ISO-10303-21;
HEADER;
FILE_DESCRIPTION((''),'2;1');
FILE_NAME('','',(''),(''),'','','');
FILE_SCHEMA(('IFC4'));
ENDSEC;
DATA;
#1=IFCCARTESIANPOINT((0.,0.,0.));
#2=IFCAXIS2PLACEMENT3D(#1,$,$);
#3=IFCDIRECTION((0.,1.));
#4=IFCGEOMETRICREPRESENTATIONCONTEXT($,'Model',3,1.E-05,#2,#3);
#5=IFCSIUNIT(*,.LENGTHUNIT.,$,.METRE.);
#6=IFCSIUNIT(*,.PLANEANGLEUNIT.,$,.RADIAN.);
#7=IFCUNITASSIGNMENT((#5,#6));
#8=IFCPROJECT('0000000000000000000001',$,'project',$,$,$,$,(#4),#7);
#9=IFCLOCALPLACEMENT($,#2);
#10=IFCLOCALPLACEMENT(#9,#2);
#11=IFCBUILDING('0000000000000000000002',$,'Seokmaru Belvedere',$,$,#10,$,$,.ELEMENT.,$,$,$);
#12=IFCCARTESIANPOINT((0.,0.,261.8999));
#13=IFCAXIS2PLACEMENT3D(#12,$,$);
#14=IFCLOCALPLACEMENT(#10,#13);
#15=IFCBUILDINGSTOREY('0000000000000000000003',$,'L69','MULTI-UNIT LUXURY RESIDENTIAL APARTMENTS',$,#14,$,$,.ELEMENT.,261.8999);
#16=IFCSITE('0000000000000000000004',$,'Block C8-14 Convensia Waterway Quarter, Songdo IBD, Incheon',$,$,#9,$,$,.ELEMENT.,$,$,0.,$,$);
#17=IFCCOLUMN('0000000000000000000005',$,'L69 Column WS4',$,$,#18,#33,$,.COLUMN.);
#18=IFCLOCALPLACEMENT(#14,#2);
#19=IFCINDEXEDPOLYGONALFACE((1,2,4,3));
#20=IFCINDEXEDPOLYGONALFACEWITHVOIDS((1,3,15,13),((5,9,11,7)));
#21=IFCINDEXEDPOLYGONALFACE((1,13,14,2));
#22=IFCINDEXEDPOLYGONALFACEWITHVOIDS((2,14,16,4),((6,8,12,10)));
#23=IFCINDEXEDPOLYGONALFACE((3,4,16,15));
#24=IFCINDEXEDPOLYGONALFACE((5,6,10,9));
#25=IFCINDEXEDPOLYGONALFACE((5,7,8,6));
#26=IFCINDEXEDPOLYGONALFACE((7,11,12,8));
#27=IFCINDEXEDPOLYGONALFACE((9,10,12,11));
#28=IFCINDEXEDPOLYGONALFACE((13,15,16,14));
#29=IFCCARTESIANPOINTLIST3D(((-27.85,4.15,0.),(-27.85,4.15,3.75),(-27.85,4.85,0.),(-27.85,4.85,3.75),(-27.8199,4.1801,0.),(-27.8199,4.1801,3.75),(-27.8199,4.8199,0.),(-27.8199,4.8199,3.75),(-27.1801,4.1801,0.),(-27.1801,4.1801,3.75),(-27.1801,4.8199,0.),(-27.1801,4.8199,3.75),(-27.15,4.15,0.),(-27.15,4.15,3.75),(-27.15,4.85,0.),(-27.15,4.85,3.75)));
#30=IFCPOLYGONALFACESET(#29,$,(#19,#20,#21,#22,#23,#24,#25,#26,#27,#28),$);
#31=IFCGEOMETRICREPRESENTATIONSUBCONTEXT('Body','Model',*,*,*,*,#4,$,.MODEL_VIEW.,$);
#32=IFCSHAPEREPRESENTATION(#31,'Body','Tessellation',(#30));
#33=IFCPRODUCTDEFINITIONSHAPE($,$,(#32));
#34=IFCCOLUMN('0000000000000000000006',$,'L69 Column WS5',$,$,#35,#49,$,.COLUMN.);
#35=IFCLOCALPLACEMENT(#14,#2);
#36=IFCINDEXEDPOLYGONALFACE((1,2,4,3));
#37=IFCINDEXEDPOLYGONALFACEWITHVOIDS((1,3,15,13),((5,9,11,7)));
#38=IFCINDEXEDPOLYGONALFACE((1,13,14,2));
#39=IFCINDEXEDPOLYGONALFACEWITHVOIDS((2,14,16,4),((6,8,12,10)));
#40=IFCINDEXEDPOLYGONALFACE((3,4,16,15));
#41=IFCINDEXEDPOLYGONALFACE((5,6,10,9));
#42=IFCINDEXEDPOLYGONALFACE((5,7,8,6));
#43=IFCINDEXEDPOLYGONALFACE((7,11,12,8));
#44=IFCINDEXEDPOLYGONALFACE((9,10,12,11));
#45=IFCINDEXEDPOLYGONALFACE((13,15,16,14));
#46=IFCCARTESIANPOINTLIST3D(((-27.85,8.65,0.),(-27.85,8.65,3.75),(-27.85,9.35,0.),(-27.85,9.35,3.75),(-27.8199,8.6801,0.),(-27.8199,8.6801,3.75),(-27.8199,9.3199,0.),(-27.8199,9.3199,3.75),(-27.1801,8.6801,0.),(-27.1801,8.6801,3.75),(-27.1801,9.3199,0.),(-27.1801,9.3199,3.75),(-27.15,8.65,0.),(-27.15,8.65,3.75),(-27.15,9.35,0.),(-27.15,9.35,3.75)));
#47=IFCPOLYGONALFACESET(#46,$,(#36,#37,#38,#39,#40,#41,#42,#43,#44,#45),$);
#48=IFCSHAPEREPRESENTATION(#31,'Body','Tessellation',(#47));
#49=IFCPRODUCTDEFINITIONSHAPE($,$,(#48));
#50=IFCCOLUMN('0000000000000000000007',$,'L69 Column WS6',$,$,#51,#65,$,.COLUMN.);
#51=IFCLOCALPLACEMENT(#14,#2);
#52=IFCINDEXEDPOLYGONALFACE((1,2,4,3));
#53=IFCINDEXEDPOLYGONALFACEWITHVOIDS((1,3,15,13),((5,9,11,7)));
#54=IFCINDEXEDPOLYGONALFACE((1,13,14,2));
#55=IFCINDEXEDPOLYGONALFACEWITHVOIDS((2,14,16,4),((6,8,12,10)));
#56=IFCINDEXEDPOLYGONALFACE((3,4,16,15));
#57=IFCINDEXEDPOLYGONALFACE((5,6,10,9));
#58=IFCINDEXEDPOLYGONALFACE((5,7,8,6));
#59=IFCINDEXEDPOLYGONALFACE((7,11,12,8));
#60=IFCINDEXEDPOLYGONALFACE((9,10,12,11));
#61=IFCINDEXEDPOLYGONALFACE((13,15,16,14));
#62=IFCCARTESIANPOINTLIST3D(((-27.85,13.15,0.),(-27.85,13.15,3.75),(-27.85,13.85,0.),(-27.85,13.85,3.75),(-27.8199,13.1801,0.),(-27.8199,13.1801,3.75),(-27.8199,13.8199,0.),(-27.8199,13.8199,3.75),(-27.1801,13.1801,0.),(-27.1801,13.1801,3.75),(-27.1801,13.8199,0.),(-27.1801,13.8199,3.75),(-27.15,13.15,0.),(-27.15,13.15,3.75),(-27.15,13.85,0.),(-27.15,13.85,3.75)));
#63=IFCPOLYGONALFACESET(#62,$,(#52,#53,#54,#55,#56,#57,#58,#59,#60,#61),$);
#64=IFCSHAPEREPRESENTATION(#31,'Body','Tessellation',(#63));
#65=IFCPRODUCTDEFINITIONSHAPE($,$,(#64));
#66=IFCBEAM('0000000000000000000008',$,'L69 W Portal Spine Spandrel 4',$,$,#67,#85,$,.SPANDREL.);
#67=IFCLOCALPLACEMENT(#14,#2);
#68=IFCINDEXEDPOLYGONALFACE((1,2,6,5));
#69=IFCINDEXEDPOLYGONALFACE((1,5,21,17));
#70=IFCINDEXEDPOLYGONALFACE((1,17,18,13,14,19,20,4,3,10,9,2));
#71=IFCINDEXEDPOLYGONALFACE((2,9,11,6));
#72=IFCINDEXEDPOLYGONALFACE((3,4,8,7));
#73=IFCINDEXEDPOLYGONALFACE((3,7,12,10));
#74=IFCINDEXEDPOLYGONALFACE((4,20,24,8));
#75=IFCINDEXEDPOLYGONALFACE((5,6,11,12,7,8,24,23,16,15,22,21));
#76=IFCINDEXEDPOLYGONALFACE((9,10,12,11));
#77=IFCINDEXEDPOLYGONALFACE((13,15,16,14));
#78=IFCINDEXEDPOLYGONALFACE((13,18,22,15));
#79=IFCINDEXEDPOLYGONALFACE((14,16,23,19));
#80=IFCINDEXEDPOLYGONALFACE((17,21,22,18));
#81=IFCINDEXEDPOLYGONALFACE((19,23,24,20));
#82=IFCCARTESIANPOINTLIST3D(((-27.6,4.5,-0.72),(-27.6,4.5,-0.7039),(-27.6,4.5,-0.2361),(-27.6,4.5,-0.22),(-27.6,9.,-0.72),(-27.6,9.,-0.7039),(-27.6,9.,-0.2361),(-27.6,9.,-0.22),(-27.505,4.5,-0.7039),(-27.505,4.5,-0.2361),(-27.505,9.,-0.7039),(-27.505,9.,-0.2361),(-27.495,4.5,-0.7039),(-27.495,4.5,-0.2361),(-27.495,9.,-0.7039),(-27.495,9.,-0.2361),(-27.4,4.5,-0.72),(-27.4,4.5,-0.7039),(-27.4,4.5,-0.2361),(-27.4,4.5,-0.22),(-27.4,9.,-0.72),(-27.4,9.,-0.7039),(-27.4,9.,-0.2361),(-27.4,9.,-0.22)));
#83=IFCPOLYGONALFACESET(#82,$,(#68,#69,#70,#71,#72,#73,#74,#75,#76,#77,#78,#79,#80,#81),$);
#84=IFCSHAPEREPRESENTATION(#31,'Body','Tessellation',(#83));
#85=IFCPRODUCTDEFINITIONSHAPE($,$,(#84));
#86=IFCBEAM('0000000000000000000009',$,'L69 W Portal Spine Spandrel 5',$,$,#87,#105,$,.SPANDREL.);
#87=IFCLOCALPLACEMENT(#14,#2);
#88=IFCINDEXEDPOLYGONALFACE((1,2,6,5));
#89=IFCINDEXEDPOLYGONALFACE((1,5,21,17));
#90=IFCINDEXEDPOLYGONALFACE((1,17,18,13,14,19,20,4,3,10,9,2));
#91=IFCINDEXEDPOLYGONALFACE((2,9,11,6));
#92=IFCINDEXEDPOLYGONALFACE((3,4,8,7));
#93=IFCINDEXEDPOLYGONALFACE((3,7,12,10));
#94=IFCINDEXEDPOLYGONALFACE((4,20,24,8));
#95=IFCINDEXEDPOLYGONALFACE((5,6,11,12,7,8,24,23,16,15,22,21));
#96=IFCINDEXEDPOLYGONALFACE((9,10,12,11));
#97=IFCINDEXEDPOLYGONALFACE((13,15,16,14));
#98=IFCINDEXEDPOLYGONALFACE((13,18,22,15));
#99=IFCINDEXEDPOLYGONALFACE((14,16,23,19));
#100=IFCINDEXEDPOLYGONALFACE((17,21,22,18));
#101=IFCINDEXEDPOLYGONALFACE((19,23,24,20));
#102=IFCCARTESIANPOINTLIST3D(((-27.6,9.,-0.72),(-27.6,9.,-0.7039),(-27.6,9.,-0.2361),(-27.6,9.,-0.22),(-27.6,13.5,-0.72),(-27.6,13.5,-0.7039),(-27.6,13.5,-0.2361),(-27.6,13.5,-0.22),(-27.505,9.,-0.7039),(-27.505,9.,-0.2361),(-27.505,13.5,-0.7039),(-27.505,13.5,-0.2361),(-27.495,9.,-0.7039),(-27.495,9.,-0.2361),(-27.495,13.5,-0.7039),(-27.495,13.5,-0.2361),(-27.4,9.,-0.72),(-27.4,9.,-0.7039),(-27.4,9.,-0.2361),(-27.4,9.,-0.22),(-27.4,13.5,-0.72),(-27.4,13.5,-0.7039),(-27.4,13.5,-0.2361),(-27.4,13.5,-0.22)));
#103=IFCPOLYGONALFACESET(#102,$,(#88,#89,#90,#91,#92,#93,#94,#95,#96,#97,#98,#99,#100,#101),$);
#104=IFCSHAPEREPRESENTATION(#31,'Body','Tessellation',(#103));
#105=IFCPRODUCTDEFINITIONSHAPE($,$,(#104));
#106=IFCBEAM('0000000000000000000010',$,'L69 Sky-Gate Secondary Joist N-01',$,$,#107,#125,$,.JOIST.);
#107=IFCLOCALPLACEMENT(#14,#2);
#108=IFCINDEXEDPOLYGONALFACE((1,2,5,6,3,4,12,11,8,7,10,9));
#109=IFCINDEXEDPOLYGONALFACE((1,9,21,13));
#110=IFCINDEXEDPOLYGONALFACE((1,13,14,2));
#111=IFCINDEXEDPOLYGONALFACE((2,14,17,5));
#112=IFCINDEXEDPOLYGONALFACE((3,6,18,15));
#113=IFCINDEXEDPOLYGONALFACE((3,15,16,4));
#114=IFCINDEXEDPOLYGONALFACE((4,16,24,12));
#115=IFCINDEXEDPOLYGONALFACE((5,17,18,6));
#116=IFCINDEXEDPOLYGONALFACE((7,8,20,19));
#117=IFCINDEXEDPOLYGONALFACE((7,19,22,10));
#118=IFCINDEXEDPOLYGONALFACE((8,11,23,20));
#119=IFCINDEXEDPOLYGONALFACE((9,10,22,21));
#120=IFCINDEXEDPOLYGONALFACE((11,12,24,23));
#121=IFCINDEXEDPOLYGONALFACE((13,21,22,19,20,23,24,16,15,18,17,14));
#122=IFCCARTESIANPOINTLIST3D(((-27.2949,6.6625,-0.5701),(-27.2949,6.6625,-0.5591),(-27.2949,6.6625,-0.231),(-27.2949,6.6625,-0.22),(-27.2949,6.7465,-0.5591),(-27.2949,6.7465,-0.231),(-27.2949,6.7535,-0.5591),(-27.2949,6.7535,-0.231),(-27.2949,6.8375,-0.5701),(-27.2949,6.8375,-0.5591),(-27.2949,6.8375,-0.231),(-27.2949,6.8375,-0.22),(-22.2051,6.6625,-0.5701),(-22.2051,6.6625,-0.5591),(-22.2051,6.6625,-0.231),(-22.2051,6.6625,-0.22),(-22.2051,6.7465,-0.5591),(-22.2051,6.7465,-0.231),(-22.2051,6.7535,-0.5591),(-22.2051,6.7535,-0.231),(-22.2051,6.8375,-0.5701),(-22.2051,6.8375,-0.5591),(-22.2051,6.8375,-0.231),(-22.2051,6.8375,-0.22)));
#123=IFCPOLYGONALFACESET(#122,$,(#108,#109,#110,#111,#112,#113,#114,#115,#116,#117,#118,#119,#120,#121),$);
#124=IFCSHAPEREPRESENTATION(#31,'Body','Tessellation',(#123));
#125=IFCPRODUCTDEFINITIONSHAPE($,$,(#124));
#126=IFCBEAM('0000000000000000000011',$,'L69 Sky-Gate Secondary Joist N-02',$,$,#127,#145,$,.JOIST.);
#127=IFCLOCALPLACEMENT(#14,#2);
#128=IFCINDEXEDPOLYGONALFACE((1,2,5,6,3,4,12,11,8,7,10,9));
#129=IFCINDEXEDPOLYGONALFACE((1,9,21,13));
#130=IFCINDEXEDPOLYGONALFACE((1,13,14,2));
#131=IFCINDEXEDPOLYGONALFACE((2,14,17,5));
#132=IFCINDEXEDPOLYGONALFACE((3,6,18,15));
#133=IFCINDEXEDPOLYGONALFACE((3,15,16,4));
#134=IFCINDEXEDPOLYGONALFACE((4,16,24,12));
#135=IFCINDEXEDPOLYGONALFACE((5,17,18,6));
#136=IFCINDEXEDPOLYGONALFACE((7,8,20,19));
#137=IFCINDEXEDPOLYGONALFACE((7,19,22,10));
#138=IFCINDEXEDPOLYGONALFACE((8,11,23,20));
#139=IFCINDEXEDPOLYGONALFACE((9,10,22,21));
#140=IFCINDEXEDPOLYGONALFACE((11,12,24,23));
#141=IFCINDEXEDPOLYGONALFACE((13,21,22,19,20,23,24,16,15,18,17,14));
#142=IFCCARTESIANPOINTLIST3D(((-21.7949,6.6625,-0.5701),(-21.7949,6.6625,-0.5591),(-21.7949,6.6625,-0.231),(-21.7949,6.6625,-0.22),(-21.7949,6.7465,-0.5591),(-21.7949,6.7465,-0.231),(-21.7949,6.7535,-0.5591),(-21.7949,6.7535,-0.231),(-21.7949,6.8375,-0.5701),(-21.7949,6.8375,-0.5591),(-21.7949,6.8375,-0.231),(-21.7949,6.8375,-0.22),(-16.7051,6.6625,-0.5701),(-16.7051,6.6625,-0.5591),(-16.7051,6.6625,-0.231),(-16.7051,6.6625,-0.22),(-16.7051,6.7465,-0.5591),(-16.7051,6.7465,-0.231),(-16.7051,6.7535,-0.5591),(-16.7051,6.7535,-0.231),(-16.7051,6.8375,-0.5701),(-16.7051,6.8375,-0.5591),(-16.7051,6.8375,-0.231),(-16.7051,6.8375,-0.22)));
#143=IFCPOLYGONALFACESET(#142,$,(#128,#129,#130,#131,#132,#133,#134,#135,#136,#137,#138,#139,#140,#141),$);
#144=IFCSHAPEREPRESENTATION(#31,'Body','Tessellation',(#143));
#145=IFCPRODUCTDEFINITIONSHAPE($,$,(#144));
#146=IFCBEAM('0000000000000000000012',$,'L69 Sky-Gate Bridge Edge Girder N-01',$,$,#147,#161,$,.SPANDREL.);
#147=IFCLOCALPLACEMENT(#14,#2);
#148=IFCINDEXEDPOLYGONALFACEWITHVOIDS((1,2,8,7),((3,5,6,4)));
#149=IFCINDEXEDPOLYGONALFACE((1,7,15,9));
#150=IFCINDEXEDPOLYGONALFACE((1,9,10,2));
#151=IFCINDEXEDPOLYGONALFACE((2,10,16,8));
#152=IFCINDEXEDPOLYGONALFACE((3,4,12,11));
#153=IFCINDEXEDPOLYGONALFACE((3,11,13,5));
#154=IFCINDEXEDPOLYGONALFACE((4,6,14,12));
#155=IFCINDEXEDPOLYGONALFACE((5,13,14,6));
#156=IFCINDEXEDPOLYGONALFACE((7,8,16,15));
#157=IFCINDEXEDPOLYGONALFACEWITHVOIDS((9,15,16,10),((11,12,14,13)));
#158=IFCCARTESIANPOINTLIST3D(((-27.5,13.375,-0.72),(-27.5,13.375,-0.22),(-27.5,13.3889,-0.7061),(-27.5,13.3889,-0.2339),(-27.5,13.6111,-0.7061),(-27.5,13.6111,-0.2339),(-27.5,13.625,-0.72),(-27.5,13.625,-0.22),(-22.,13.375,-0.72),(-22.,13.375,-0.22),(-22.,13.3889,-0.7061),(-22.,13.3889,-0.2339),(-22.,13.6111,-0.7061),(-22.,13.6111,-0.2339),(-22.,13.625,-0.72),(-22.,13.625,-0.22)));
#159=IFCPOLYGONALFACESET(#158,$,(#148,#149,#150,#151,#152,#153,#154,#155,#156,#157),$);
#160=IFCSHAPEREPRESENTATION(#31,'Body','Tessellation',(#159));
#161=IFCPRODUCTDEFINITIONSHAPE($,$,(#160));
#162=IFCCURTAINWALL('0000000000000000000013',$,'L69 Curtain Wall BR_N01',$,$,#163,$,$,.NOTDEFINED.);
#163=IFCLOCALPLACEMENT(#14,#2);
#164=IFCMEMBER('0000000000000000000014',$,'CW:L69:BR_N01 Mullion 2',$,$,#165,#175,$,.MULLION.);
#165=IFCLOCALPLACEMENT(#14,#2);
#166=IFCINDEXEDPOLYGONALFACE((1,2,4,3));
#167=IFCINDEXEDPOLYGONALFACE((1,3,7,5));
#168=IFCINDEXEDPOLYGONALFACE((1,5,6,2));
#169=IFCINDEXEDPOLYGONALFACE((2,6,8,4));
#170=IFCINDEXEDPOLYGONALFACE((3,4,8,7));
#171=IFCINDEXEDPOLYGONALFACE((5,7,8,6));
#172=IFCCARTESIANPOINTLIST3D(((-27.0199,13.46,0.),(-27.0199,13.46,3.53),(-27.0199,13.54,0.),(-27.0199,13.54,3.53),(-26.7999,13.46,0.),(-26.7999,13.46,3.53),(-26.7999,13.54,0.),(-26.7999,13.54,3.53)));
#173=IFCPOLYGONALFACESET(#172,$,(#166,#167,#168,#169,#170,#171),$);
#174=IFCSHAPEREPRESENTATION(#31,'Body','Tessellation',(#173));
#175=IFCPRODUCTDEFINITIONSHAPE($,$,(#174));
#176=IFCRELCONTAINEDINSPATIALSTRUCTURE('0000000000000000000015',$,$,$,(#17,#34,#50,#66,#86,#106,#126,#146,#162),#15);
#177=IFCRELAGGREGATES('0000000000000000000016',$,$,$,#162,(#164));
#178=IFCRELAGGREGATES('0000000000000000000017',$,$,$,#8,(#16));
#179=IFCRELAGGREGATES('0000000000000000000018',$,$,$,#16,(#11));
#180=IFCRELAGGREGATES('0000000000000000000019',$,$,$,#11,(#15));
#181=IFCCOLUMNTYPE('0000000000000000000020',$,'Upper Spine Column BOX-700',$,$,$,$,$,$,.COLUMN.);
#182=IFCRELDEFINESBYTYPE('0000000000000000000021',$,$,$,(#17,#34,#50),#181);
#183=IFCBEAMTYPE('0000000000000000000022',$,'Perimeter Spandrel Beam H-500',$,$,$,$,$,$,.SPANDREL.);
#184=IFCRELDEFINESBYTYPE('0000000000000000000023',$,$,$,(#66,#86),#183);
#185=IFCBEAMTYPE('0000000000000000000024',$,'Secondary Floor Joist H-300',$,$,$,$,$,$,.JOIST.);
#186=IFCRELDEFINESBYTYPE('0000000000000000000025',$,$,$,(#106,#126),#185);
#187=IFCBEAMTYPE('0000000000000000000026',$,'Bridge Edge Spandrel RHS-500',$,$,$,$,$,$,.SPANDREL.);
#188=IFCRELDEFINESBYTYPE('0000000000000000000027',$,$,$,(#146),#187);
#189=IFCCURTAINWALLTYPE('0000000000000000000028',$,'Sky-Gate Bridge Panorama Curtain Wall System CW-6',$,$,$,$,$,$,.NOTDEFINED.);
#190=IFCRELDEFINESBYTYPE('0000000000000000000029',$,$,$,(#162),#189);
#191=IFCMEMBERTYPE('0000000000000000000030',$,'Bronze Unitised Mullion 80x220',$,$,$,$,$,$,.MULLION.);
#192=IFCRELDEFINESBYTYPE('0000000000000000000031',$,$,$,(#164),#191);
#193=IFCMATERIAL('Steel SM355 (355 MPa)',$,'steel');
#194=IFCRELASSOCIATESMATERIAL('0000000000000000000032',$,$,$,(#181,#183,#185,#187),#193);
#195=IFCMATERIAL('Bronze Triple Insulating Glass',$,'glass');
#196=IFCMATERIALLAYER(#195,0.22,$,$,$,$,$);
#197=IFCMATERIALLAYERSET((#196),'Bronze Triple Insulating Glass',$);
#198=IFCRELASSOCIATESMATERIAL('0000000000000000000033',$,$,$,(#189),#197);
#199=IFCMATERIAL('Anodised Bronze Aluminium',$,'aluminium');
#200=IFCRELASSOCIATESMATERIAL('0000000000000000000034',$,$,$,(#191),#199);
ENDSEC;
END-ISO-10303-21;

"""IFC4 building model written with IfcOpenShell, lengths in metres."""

from ifc_helpers import new_model, si_unit, direction, frame, origin, origin_2d, place, context, subcontext, project, spatial, rectangle, hollow_rectangle, i_section, extrude, source, transform, mapped, material, layer, layer_set, material_profile, profile_set, type_object, type_shapes, element, aggregate, save


model = new_model("IFC4")

# Units and contexts
model_context = context("Model", 3, precision=1e-05, world=origin(), true_north=direction((0.0, 1.0)))
body_context = subcontext(model_context, "Body", "Model", "MODEL_VIEW")
ifc_project = project(units=[si_unit("LENGTHUNIT", "METRE"), si_unit("PLANEANGLEUNIT", "RADIAN")], contexts=[model_context])

# Site, building, storey
site_placement = place(None, origin())
site = spatial("IfcSite", under=ifc_project, at=site_placement, Name="Block C8-14 Convensia Waterway Quarter, Songdo IBD, Incheon", CompositionType="ELEMENT", RefElevation=0.0)
building_placement = place(site_placement, origin())
building = spatial("IfcBuilding", under=site, at=building_placement, Name="Seokmaru Belvedere", CompositionType="ELEMENT")
storey_placement = place(building_placement, frame((0.0, 0.0, 261.8999)))
storey = spatial("IfcBuildingStorey", under=building, at=storey_placement, Name="L69", Description="MULTI-UNIT LUXURY RESIDENTIAL APARTMENTS", CompositionType="ELEMENT", Elevation=261.8999)

# Columns
ifc_material_1 = material(Name="Steel SM355 (355 MPa)", Category="steel")
ifc_material_profile_1 = material_profile(ifc_material_1, hollow_rectangle(XDim=0.7, YDim=0.7, WallThickness=0.03, at=origin_2d()), Name="BOX-700x700x30")
ifc_profile_set_1 = profile_set([ifc_material_profile_1], Name="Steel SM355 (355 MPa)")
column_type = type_object("IfcColumnType", Name="Upper Spine Column BOX-700", PredefinedType="COLUMN", material=ifc_profile_set_1)
shared_shape_1 = source(origin(), body_context, "Body", "SweptSolid", [
    extrude(hollow_rectangle(XDim=0.7, YDim=0.7, WallThickness=0.03, at=origin_2d()), origin(), (0.0, 0.0, 1.0), 3.75),
])
type_shapes(column_type, [shared_shape_1])
for number, where, z_axis, x_axis, name in (
    (1, (-27.5, 4.5, 0.0), (0.0, 0.0, 1.0), (1.0, 0.0, 0.0), "L69 Column WS4"),
    (2, (-27.5, 9.0, 0.0), (0.0, 0.0, 1.0), (1.0, 0.0, 0.0), "L69 Column WS5"),
    (3, (-27.5, 13.5, 0.0), (0.0, 0.0, 1.0), (1.0, 0.0, 0.0), "L69 Column WS6"),
):
    element("IfcColumn", number, at=place(storey_placement, frame(where, z_axis=z_axis, x_axis=x_axis)), inside=storey, type_object=column_type, Name=name, PredefinedType="COLUMN", context=body_context, shape_type="MappedRepresentation", body=[
        mapped(shared_shape_1, transform((0.0, 0.0, 0.0), scale=1.0)),
    ])

# Beams
ifc_material_profile_2 = material_profile(ifc_material_1, i_section(OverallWidth=0.2, OverallDepth=0.5, WebThickness=0.01, FlangeThickness=0.0161, at=origin_2d()), Name="H-500x200x10x16")
ifc_profile_set_2 = profile_set([ifc_material_profile_2], Name="Steel SM355 (355 MPa)")
beam_type_1 = type_object("IfcBeamType", Name="Perimeter Spandrel Beam H-500", PredefinedType="SPANDREL", material=ifc_profile_set_2)
shared_shape_2 = source(origin(), body_context, "Body", "SweptSolid", [
    extrude(i_section(OverallWidth=0.2, OverallDepth=0.5, WebThickness=0.01, FlangeThickness=0.0161, at=origin_2d()), origin(), (0.0, 0.0, 1.0), 4.5),
])
type_shapes(beam_type_1, [shared_shape_2])
for number, where, z_axis, x_axis, name in (
    (4, (-27.5, 4.5, -0.47), (0.0, 1.0, 0.0), (-1.0, 0.0, 0.0), "L69 W Portal Spine Spandrel 4"),
    (5, (-27.5, 9.0, -0.47), (0.0, 1.0, 0.0), (-1.0, 0.0, 0.0), "L69 W Portal Spine Spandrel 5"),
):
    element("IfcBeam", number, at=place(storey_placement, frame(where, z_axis=z_axis, x_axis=x_axis)), inside=storey, type_object=beam_type_1, Name=name, PredefinedType="SPANDREL", context=body_context, shape_type="MappedRepresentation", body=[
        mapped(shared_shape_2, transform((0.0, 0.0, 0.0), scale=1.0)),
    ])
ifc_material_profile_3 = material_profile(ifc_material_1, i_section(OverallWidth=0.175, OverallDepth=0.3501, WebThickness=0.0071, FlangeThickness=0.011, at=origin_2d()), Name="H-350x175x7x11")
ifc_profile_set_3 = profile_set([ifc_material_profile_3], Name="Steel SM355 (355 MPa)")
beam_type_2 = type_object("IfcBeamType", Name="Secondary Floor Joist H-300", PredefinedType="JOIST", material=ifc_profile_set_3)
shared_shape_3 = source(origin(), body_context, "Body", "SweptSolid", [
    extrude(i_section(OverallWidth=0.175, OverallDepth=0.3501, WebThickness=0.0071, FlangeThickness=0.011, at=origin_2d()), origin(), (0.0, 0.0, 1.0), 5.0898),
])
type_shapes(beam_type_2, [shared_shape_3])
for number, where, z_axis, x_axis, name in (
    (6, (-27.2949, 6.75, -0.395), (1.0, 0.0, 0.0), (0.0, 1.0, 0.0), "L69 Sky-Gate Secondary Joist N-01"),
    (7, (-21.7949, 6.75, -0.395), (1.0, 0.0, 0.0), (0.0, 1.0, 0.0), "L69 Sky-Gate Secondary Joist N-02"),
):
    element("IfcBeam", number, at=place(storey_placement, frame(where, z_axis=z_axis, x_axis=x_axis)), inside=storey, type_object=beam_type_2, Name=name, PredefinedType="JOIST", context=body_context, shape_type="MappedRepresentation", body=[
        mapped(shared_shape_3, transform((0.0, 0.0, 0.0), scale=1.0)),
    ])
ifc_material_profile_4 = material_profile(ifc_material_1, hollow_rectangle(XDim=0.25, YDim=0.5, WallThickness=0.0139, at=origin_2d()), Name="RHS-500x250x14")
ifc_profile_set_4 = profile_set([ifc_material_profile_4], Name="Steel SM355 (355 MPa)")
beam_type_3 = type_object("IfcBeamType", Name="Bridge Edge Spandrel RHS-500", PredefinedType="SPANDREL", material=ifc_profile_set_4)
shared_shape_4 = source(origin(), body_context, "Body", "SweptSolid", [
    extrude(hollow_rectangle(XDim=0.25, YDim=0.5, WallThickness=0.0139, at=origin_2d()), origin(), (0.0, 0.0, 1.0), 5.5),
])
type_shapes(beam_type_3, [shared_shape_4])
beam_placement = place(storey_placement, frame((-27.5, 13.5, -0.47), z_axis=(1.0, 0.0, 0.0), x_axis=(0.0, 1.0, 0.0)))
element("IfcBeam", 8, at=beam_placement, inside=storey, type_object=beam_type_3, Name="L69 Sky-Gate Bridge Edge Girder N-01", PredefinedType="SPANDREL", context=body_context, shape_type="MappedRepresentation", body=[
    mapped(shared_shape_4, transform((0.0, 0.0, 0.0), scale=1.0)),
])

# Curtain wall, member
ifc_material_2 = material(Name="Bronze Triple Insulating Glass", Category="glass")
ifc_layer_1 = layer(ifc_material_2, 0.22)
ifc_layer_set_1 = layer_set([ifc_layer_1], Name="Bronze Triple Insulating Glass")
curtain_wall_type = type_object("IfcCurtainWallType", Name="Sky-Gate Bridge Panorama Curtain Wall System CW-6", PredefinedType="NOTDEFINED", material=ifc_layer_set_1)
curtain_wall_placement = place(storey_placement, origin())
curtain_wall = element("IfcCurtainWall", 9, at=curtain_wall_placement, inside=storey, type_object=curtain_wall_type, Name="L69 Curtain Wall BR_N01", PredefinedType="NOTDEFINED")
ifc_material_3 = material(Name="Anodised Bronze Aluminium", Category="aluminium")
ifc_material_profile_5 = material_profile(ifc_material_3, rectangle(XDim=0.0801, YDim=0.22, at=origin_2d()), Name="CW-M-80x220")
ifc_profile_set_5 = profile_set([ifc_material_profile_5], Name="Anodised Bronze Aluminium")
member_type = type_object("IfcMemberType", Name="Bronze Unitised Mullion 80x220", PredefinedType="MULLION", material=ifc_profile_set_5)
shared_shape_5 = source(origin(), body_context, "Body", "SweptSolid", [
    extrude(rectangle(XDim=0.0801, YDim=0.22, at=origin_2d()), origin(), (0.0, 0.0, 1.0), 3.53),
])
type_shapes(member_type, [shared_shape_5])
member_placement = place(storey_placement, frame((-26.9099, 13.5, 0.0), z_axis=(0.0, 0.0, 1.0), x_axis=(0.0, -1.0, 0.0)))
member = element("IfcMember", 10, at=member_placement, type_object=member_type, Name="CW:L69:BR_N01 Mullion 2", PredefinedType="MULLION", context=body_context, shape_type="MappedRepresentation", body=[
    mapped(shared_shape_5, transform((0.0, 0.0, 0.0), scale=1.0)),
])
aggregate(curtain_wall, [member])

save(model, "model.ifc")
